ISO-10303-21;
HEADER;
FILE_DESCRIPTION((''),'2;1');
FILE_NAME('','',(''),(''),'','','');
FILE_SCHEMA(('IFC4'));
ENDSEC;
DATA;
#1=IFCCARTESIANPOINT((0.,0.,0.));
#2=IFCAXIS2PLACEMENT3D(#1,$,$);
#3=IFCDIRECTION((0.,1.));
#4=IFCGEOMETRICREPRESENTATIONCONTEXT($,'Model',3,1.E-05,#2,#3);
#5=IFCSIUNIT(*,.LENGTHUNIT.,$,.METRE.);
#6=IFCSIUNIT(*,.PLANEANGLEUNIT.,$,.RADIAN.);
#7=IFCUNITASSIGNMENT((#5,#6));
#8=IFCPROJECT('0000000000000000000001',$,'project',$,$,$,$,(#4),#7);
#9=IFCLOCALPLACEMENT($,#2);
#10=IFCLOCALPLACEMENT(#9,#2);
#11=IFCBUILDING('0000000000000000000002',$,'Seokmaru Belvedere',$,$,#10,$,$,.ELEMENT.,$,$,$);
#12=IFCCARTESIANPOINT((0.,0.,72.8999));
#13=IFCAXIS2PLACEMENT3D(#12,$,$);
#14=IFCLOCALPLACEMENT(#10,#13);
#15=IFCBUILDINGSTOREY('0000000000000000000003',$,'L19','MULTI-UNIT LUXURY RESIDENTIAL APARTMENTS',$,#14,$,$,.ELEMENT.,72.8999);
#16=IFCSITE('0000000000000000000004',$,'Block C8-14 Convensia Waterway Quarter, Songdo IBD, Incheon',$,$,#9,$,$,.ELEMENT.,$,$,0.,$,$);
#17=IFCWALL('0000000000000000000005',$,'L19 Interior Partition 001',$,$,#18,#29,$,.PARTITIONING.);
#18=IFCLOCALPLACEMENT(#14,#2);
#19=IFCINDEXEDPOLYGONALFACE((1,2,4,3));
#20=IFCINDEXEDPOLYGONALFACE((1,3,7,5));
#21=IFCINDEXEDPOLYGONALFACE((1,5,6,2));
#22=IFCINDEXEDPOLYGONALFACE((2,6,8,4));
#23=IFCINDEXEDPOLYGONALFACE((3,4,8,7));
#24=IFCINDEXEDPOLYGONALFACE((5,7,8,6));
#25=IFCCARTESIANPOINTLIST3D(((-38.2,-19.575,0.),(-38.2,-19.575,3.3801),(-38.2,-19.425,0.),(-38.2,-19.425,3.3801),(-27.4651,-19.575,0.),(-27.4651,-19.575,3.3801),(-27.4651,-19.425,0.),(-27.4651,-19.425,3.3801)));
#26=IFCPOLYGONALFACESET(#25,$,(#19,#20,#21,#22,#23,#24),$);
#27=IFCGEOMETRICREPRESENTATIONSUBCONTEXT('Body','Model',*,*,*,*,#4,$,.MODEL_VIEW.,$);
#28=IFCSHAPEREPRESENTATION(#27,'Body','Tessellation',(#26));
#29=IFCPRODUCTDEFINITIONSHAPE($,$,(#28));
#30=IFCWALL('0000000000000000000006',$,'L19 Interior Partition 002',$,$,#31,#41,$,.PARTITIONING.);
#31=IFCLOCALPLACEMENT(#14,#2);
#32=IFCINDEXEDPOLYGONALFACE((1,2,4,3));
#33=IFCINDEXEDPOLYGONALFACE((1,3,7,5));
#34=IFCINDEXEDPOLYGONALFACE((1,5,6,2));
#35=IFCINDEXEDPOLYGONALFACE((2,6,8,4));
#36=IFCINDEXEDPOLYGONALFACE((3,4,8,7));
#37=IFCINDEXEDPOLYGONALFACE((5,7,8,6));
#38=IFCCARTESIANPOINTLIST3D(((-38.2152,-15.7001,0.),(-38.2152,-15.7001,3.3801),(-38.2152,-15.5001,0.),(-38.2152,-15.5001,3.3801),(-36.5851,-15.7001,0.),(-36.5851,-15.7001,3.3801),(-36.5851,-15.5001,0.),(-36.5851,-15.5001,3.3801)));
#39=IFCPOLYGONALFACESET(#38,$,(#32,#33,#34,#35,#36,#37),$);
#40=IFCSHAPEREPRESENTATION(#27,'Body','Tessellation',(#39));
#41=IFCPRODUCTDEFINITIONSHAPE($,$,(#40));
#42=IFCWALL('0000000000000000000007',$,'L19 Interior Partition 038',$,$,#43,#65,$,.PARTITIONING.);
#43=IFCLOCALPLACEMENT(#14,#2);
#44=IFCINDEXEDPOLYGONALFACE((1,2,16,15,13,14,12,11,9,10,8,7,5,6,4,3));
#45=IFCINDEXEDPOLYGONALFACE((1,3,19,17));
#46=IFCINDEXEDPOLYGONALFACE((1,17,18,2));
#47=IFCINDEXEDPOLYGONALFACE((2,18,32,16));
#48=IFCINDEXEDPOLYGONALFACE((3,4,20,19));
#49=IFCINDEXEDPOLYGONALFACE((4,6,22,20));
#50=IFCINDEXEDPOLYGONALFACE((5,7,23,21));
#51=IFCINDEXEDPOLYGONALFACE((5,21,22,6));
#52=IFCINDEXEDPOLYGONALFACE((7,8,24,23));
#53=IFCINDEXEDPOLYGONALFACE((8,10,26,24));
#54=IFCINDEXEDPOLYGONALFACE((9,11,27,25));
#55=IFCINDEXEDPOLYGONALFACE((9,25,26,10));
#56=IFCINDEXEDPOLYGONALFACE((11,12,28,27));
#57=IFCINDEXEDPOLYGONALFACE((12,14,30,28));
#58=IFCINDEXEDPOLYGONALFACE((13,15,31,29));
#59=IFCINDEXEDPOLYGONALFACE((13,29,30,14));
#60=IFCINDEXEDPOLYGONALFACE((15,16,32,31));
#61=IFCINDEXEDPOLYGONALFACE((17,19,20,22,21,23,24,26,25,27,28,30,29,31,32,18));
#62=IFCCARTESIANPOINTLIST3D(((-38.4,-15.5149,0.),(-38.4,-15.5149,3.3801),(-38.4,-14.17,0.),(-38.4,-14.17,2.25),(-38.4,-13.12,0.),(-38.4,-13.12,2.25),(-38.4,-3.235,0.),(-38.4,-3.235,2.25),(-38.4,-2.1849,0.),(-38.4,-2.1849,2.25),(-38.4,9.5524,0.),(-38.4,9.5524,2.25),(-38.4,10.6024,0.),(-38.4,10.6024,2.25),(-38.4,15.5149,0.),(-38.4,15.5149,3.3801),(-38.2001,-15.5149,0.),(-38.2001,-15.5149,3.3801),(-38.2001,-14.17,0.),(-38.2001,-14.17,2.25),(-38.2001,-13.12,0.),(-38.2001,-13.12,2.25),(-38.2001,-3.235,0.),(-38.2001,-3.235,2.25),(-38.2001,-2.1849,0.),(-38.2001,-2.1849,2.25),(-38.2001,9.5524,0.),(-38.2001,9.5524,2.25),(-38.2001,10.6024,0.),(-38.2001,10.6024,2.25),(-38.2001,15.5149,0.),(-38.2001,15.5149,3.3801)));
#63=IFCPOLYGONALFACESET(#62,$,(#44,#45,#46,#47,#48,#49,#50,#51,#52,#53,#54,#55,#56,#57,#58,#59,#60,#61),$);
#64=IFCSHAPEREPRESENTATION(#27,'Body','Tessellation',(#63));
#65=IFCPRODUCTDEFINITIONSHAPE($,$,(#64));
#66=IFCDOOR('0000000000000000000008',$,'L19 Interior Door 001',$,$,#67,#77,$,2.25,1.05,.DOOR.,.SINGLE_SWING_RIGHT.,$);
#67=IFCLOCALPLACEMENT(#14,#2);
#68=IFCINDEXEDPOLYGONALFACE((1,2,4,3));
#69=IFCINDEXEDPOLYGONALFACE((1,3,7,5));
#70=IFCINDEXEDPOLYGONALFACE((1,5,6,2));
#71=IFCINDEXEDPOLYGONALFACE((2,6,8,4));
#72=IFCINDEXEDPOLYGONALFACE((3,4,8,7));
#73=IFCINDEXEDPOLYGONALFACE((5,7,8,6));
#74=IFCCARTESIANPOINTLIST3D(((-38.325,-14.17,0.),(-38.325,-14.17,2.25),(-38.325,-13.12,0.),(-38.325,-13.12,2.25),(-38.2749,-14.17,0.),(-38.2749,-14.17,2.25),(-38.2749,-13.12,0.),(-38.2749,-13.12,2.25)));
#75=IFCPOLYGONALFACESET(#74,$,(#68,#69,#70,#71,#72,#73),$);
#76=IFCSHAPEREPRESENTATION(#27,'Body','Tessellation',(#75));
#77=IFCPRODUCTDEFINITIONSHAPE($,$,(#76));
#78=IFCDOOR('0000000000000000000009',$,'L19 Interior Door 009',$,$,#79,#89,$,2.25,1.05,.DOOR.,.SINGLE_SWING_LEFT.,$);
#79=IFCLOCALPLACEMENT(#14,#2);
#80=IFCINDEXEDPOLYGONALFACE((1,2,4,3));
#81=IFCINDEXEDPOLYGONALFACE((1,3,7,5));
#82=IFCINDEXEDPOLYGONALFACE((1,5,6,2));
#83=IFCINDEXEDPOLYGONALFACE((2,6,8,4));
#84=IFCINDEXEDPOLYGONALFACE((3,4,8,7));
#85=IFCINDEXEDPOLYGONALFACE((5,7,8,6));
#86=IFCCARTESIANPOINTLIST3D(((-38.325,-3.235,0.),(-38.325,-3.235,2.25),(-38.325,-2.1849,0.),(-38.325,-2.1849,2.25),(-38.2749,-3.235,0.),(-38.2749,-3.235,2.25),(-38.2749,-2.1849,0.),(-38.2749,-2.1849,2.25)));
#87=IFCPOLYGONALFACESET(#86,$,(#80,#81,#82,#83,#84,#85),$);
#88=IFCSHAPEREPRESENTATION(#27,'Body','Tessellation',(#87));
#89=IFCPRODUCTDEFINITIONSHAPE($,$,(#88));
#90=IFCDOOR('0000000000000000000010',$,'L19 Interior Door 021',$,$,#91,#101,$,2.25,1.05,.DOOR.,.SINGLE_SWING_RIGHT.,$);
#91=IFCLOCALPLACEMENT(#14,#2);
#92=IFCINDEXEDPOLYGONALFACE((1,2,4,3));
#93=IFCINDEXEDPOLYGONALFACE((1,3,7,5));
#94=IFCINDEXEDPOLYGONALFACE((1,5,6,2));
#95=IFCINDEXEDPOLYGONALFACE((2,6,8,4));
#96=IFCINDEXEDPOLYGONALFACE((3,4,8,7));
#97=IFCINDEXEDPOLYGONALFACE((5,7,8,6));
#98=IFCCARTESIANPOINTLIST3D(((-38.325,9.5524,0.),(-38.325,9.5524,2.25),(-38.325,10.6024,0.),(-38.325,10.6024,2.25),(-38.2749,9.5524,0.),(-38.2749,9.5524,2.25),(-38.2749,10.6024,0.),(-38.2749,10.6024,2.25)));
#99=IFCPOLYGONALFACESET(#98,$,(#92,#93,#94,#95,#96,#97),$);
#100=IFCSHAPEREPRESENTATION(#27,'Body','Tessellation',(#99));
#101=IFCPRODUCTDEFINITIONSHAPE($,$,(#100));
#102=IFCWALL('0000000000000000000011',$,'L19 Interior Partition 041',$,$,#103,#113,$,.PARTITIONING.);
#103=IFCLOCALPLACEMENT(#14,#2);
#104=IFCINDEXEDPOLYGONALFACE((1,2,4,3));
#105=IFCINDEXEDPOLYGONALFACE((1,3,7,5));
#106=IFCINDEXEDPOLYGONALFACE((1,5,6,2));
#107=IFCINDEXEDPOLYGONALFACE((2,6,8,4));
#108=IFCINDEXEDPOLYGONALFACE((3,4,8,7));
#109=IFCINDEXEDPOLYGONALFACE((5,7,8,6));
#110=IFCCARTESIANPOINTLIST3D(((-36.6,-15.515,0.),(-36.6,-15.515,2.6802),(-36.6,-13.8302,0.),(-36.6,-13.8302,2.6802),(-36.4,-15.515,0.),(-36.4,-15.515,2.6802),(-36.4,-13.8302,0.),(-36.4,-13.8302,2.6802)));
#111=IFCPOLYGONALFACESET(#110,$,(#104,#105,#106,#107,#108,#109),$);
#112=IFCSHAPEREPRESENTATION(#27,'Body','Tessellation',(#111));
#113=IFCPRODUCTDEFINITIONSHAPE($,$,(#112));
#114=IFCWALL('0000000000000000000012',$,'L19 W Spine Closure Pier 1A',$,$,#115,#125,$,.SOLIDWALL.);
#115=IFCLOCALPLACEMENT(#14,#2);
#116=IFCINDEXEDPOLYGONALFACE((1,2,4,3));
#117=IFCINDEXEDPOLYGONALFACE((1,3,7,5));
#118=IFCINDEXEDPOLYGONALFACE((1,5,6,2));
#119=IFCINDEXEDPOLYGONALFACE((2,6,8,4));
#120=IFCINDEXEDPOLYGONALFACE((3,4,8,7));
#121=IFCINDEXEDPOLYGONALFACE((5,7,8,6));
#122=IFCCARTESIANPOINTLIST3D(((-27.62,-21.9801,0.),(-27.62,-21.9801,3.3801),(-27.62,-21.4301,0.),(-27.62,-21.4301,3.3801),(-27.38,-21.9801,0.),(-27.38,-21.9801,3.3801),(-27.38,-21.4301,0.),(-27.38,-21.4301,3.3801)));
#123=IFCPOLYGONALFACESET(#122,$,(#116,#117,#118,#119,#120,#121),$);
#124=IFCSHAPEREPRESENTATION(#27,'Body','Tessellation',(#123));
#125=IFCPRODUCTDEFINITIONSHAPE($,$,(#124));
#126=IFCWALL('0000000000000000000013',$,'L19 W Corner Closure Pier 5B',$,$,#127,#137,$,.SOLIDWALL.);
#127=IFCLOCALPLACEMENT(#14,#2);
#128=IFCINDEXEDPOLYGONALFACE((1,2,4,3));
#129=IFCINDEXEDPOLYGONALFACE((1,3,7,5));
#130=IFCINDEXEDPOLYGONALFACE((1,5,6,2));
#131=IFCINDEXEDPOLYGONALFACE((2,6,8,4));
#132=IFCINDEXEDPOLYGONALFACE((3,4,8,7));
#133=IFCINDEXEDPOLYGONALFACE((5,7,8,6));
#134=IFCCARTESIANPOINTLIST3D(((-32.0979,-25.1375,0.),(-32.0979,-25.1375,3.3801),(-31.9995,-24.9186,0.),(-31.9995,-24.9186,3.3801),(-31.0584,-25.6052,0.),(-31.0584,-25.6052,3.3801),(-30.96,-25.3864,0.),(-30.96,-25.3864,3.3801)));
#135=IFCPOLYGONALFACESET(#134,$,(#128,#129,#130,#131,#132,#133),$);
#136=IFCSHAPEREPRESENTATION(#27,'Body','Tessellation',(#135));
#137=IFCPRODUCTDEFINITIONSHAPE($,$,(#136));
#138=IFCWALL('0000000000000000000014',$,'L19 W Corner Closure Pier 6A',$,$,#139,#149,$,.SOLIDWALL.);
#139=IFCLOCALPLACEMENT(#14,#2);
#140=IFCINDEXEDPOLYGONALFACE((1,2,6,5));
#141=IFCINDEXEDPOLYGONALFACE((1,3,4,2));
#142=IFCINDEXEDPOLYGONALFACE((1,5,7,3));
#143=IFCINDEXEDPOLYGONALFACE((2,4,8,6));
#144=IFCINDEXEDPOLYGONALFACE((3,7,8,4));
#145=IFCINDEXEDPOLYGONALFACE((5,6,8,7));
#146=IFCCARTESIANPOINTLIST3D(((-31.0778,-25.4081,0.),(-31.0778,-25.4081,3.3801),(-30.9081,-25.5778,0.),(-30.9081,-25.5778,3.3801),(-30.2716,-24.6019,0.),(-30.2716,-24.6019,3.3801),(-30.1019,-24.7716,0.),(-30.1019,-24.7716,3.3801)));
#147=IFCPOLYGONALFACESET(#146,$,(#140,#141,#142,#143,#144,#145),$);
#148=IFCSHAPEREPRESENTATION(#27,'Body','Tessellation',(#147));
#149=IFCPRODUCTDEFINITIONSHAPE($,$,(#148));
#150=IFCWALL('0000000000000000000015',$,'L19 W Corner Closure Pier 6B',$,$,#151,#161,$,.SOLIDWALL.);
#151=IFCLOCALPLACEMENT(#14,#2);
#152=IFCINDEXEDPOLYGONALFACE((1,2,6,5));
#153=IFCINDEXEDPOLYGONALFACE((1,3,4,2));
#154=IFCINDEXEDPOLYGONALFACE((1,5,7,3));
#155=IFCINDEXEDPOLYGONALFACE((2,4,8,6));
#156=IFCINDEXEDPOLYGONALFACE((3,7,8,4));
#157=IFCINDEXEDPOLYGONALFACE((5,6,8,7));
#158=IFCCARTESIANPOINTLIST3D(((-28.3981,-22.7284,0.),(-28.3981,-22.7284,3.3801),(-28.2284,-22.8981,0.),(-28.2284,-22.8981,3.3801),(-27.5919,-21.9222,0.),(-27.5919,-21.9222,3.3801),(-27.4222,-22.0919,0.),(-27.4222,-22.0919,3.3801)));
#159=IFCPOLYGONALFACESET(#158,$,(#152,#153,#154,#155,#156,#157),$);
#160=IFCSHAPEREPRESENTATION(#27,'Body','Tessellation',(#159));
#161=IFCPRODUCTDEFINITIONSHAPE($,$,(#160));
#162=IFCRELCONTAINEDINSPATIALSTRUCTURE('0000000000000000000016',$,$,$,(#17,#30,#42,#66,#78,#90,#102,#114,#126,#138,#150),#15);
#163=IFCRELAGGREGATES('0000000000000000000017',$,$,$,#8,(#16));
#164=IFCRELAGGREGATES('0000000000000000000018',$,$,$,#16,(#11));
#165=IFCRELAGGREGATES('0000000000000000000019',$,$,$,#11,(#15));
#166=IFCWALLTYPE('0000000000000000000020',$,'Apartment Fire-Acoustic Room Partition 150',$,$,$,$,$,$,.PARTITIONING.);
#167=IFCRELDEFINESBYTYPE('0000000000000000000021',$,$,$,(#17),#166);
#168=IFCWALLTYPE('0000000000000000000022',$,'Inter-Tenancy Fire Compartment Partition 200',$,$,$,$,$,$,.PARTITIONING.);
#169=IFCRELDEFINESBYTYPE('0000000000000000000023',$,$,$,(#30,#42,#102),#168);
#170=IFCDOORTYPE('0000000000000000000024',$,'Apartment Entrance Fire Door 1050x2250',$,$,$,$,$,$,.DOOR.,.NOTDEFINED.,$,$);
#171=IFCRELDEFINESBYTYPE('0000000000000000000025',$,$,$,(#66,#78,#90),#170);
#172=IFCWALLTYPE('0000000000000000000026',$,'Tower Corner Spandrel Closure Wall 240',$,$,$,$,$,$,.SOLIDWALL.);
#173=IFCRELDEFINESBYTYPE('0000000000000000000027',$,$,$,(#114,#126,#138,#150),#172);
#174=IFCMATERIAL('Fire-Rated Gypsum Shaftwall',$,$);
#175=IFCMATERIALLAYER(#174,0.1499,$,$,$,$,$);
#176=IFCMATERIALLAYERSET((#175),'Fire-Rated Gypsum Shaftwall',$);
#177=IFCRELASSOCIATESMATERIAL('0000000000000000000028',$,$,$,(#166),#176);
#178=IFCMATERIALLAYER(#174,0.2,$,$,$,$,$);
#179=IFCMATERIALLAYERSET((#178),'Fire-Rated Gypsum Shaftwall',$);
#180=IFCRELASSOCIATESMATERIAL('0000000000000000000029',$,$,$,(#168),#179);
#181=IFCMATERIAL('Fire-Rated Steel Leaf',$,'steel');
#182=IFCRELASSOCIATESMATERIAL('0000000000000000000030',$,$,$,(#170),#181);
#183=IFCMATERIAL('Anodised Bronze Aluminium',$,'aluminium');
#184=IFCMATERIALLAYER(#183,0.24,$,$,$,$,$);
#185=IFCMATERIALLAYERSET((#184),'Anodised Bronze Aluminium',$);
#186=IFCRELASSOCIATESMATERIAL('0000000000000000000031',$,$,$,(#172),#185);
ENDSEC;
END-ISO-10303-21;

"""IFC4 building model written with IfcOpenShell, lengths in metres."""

from ifc_helpers import new_model, si_unit, direction, frame, frame_2d, origin, place, context, subcontext, project, spatial, rectangle, extrude, source, transform, mapped, material, layer, layer_set, type_object, type_shapes, element, fill, save


model = new_model("IFC4")

# Units and contexts
model_context = context("Model", 3, precision=1e-05, world=origin(), true_north=direction((0.0, 1.0)))
body_context = subcontext(model_context, "Body", "Model", "MODEL_VIEW")
ifc_project = project(units=[si_unit("LENGTHUNIT", "METRE"), si_unit("PLANEANGLEUNIT", "RADIAN")], contexts=[model_context])

# Site, building, storey
site_placement = place(None, origin())
site = spatial("IfcSite", under=ifc_project, at=site_placement, Name="Block C8-14 Convensia Waterway Quarter, Songdo IBD, Incheon", CompositionType="ELEMENT", RefElevation=0.0)
building_placement = place(site_placement, origin())
building = spatial("IfcBuilding", under=site, at=building_placement, Name="Seokmaru Belvedere", CompositionType="ELEMENT")
storey_placement = place(building_placement, frame((0.0, 0.0, 72.8999)))
storey = spatial("IfcBuildingStorey", under=building, at=storey_placement, Name="L19", Description="MULTI-UNIT LUXURY RESIDENTIAL APARTMENTS", CompositionType="ELEMENT", Elevation=72.8999)

# Shared definitions
ifc_material_1 = material(Name="Anodised Bronze Aluminium", Category="aluminium")

# Wall
ifc_material_2 = material(Name="Fire-Rated Gypsum Shaftwall")
ifc_layer_1 = layer(ifc_material_2, 0.1499)
ifc_layer_set_1 = layer_set([ifc_layer_1], Name="Fire-Rated Gypsum Shaftwall")
wall_type_1 = type_object("IfcWallType", Name="Apartment Fire-Acoustic Room Partition 150", PredefinedType="PARTITIONING", material=ifc_layer_set_1)
wall_1_placement = place(storey_placement, frame((-38.2, -19.5, 0.0), z_axis=(0.0, 0.0, 1.0), x_axis=(1.0, 0.0, 0.0)))
element("IfcWall", 1, at=wall_1_placement, inside=storey, type_object=wall_type_1, Name="L19 Interior Partition 001", PredefinedType="PARTITIONING", context=body_context, shape_type="SweptSolid", body=[
    extrude(rectangle(XDim=10.7349, YDim=0.1499, at=frame_2d((5.3674, 0.0))), origin(), (0.0, 0.0, 1.0), 3.3801),
])

# Wall
ifc_layer_2 = layer(ifc_material_2, 0.2)
ifc_layer_set_2 = layer_set([ifc_layer_2], Name="Fire-Rated Gypsum Shaftwall")
wall_type_2 = type_object("IfcWallType", Name="Inter-Tenancy Fire Compartment Partition 200", PredefinedType="PARTITIONING", material=ifc_layer_set_2)
wall_2_placement = place(storey_placement, frame((-38.2151, -15.6001, 0.0), z_axis=(0.0, 0.0, 1.0), x_axis=(1.0, 0.0, 0.0)))
element("IfcWall", 2, at=wall_2_placement, inside=storey, type_object=wall_type_2, Name="L19 Interior Partition 002", PredefinedType="PARTITIONING", context=body_context, shape_type="SweptSolid", body=[
    extrude(rectangle(XDim=1.6301, YDim=0.2, at=frame_2d((0.8149, 0.0))), origin(), (0.0, 0.0, 1.0), 3.3801),
])

# Wall, openings, doors
wall_3_placement = place(storey_placement, frame((-38.3, -15.5149, 0.0), z_axis=(0.0, 0.0, 1.0), x_axis=(0.0, 1.0, 0.0)))
wall_3 = element("IfcWall", 3, at=wall_3_placement, inside=storey, type_object=wall_type_2, Name="L19 Interior Partition 038", PredefinedType="PARTITIONING", context=body_context, shape_type="SweptSolid", body=[
    extrude(rectangle(XDim=31.0298, YDim=0.2, at=frame_2d((15.5149, 0.0))), origin(), (0.0, 0.0, 1.0), 3.3801),
])
opening_1_placement = place(wall_3_placement, frame((1.345, 0.0, 0.0)))
opening_1 = element("IfcOpeningElement", 4, at=opening_1_placement, cuts=wall_3, PredefinedType="OPENING", context=body_context, shape_type="SweptSolid", body=[
    extrude(rectangle(XDim=1.05, YDim=2.25, at=frame_2d((0.5249, 1.125))), frame((0.0, 0.1099, 0.0), z_axis=(0.0, -1.0, 0.0), x_axis=(1.0, 0.0, 0.0)), (0.0, 0.0, 1.0), 0.22),
])
opening_2_placement = place(wall_3_placement, frame((12.28, 0.0, 0.0)))
opening_2 = element("IfcOpeningElement", 5, at=opening_2_placement, cuts=wall_3, PredefinedType="OPENING", context=body_context, shape_type="SweptSolid", body=[
    extrude(rectangle(XDim=1.05, YDim=2.25, at=frame_2d((0.5249, 1.125))), frame((0.0, 0.1099, 0.0), z_axis=(0.0, -1.0, 0.0), x_axis=(1.0, 0.0, 0.0)), (0.0, 0.0, 1.0), 0.22),
])
opening_3_placement = place(wall_3_placement, frame((25.0674, 0.0, 0.0)))
opening_3 = element("IfcOpeningElement", 6, at=opening_3_placement, cuts=wall_3, PredefinedType="OPENING", context=body_context, shape_type="SweptSolid", body=[
    extrude(rectangle(XDim=1.05, YDim=2.25, at=frame_2d((0.5249, 1.125))), frame((0.0, 0.1099, 0.0), z_axis=(0.0, -1.0, 0.0), x_axis=(1.0, 0.0, 0.0)), (0.0, 0.0, 1.0), 0.22),
])
ifc_material_3 = material(Name="Fire-Rated Steel Leaf", Category="steel")
door_type_1 = type_object("IfcDoorType", Name="Apartment Entrance Fire Door 1050x2250", OperationType="NOTDEFINED", PredefinedType="DOOR", material=ifc_material_3)
shared_shape_1 = source(origin(), body_context, "Body", "SweptSolid", [
    extrude(rectangle(XDim=1.05, YDim=2.25, at=frame_2d((0.5249, 1.125))), frame((0.0, 0.0249, 0.0), z_axis=(0.0, -1.0, 0.0), x_axis=(1.0, 0.0, 0.0)), (0.0, 0.0, 1.0), 0.05),
])
type_shapes(door_type_1, [shared_shape_1])
door_1_placement = place(opening_1_placement, origin())
door_1 = element("IfcDoor", 7, at=door_1_placement, inside=storey, type_object=door_type_1, Name="L19 Interior Door 001", OperationType="SINGLE_SWING_RIGHT", OverallHeight=2.25, OverallWidth=1.05, PredefinedType="DOOR", context=body_context, shape_type="MappedRepresentation", body=[
    mapped(shared_shape_1, transform((0.0, 0.0, 0.0), scale=1.0)),
])
fill(opening_1, door_1)
door_2_placement = place(opening_2_placement, origin())
door_2 = element("IfcDoor", 8, at=door_2_placement, inside=storey, type_object=door_type_1, Name="L19 Interior Door 009", OperationType="SINGLE_SWING_LEFT", OverallHeight=2.25, OverallWidth=1.05, PredefinedType="DOOR", context=body_context, shape_type="MappedRepresentation", body=[
    mapped(shared_shape_1, transform((0.0, 0.0, 0.0), scale=1.0)),
])
fill(opening_2, door_2)
door_3_placement = place(opening_3_placement, origin())
door_3 = element("IfcDoor", 9, at=door_3_placement, inside=storey, type_object=door_type_1, Name="L19 Interior Door 021", OperationType="SINGLE_SWING_RIGHT", OverallHeight=2.25, OverallWidth=1.05, PredefinedType="DOOR", context=body_context, shape_type="MappedRepresentation", body=[
    mapped(shared_shape_1, transform((0.0, 0.0, 0.0), scale=1.0)),
])
fill(opening_3, door_3)

# Walls
wall_4_placement = place(storey_placement, frame((-36.5, -15.5149, 0.0), z_axis=(0.0, 0.0, 1.0), x_axis=(0.0, 1.0, 0.0)))
element("IfcWall", 10, at=wall_4_placement, inside=storey, type_object=wall_type_2, Name="L19 Interior Partition 041", PredefinedType="PARTITIONING", context=body_context, shape_type="SweptSolid", body=[
    extrude(rectangle(XDim=1.6848, YDim=0.2, at=frame_2d((0.8423, 0.0))), origin(), (0.0, 0.0, 1.0), 2.6802),
])
ifc_layer_3 = layer(ifc_material_1, 0.24)
ifc_layer_set_3 = layer_set([ifc_layer_3], Name="Anodised Bronze Aluminium")
wall_type_3 = type_object("IfcWallType", Name="Tower Corner Spandrel Closure Wall 240", PredefinedType="SOLIDWALL", material=ifc_layer_set_3)
wall_5_placement = place(storey_placement, frame((-27.5, -21.98, 0.0), z_axis=(0.0, 0.0, 1.0), x_axis=(0.0, 1.0, 0.0)))
element("IfcWall", 11, at=wall_5_placement, inside=storey, type_object=wall_type_3, Name="L19 W Spine Closure Pier 1A", PredefinedType="SOLIDWALL", context=body_context, shape_type="SweptSolid", body=[
    extrude(rectangle(XDim=0.55, YDim=0.24, at=frame_2d((0.2749, 0.0))), origin(), (0.0, 0.0, 1.0), 3.3801),
])
wall_6_placement = place(storey_placement, frame((-32.0486, -25.0281, 0.0), z_axis=(0.0, 0.0, 1.0), x_axis=(0.91193, -0.410347, 0.0)))
element("IfcWall", 12, at=wall_6_placement, inside=storey, type_object=wall_type_3, Name="L19 W Corner Closure Pier 5B", PredefinedType="SOLIDWALL", context=body_context, shape_type="SweptSolid", body=[
    extrude(rectangle(XDim=1.1399, YDim=0.24, at=frame_2d((0.5698, 0.0))), origin(), (0.0, 0.0, 1.0), 3.3801),
])
for number, where, z_axis, x_axis, name in (
    (13, (-30.9929, -25.4929, 0.0), (0.0, 0.0, 1.0), (0.707107, 0.707107, 0.0), "L19 W Corner Closure Pier 6A"),
    (14, (-28.3132, -22.8132, 0.0), (0.0, 0.0, 1.0), (0.707107, 0.707107, 0.0), "L19 W Corner Closure Pier 6B"),
):
    element("IfcWall", number, at=place(storey_placement, frame(where, z_axis=z_axis, x_axis=x_axis)), inside=storey, type_object=wall_type_3, Name=name, PredefinedType="SOLIDWALL", context=body_context, shape_type="SweptSolid", body=[
        extrude(rectangle(XDim=1.1401, YDim=0.24, at=frame_2d((0.5701, 0.0))), origin(), (0.0, 0.0, 1.0), 3.3801),
    ])

save(model, "model.ifc")
